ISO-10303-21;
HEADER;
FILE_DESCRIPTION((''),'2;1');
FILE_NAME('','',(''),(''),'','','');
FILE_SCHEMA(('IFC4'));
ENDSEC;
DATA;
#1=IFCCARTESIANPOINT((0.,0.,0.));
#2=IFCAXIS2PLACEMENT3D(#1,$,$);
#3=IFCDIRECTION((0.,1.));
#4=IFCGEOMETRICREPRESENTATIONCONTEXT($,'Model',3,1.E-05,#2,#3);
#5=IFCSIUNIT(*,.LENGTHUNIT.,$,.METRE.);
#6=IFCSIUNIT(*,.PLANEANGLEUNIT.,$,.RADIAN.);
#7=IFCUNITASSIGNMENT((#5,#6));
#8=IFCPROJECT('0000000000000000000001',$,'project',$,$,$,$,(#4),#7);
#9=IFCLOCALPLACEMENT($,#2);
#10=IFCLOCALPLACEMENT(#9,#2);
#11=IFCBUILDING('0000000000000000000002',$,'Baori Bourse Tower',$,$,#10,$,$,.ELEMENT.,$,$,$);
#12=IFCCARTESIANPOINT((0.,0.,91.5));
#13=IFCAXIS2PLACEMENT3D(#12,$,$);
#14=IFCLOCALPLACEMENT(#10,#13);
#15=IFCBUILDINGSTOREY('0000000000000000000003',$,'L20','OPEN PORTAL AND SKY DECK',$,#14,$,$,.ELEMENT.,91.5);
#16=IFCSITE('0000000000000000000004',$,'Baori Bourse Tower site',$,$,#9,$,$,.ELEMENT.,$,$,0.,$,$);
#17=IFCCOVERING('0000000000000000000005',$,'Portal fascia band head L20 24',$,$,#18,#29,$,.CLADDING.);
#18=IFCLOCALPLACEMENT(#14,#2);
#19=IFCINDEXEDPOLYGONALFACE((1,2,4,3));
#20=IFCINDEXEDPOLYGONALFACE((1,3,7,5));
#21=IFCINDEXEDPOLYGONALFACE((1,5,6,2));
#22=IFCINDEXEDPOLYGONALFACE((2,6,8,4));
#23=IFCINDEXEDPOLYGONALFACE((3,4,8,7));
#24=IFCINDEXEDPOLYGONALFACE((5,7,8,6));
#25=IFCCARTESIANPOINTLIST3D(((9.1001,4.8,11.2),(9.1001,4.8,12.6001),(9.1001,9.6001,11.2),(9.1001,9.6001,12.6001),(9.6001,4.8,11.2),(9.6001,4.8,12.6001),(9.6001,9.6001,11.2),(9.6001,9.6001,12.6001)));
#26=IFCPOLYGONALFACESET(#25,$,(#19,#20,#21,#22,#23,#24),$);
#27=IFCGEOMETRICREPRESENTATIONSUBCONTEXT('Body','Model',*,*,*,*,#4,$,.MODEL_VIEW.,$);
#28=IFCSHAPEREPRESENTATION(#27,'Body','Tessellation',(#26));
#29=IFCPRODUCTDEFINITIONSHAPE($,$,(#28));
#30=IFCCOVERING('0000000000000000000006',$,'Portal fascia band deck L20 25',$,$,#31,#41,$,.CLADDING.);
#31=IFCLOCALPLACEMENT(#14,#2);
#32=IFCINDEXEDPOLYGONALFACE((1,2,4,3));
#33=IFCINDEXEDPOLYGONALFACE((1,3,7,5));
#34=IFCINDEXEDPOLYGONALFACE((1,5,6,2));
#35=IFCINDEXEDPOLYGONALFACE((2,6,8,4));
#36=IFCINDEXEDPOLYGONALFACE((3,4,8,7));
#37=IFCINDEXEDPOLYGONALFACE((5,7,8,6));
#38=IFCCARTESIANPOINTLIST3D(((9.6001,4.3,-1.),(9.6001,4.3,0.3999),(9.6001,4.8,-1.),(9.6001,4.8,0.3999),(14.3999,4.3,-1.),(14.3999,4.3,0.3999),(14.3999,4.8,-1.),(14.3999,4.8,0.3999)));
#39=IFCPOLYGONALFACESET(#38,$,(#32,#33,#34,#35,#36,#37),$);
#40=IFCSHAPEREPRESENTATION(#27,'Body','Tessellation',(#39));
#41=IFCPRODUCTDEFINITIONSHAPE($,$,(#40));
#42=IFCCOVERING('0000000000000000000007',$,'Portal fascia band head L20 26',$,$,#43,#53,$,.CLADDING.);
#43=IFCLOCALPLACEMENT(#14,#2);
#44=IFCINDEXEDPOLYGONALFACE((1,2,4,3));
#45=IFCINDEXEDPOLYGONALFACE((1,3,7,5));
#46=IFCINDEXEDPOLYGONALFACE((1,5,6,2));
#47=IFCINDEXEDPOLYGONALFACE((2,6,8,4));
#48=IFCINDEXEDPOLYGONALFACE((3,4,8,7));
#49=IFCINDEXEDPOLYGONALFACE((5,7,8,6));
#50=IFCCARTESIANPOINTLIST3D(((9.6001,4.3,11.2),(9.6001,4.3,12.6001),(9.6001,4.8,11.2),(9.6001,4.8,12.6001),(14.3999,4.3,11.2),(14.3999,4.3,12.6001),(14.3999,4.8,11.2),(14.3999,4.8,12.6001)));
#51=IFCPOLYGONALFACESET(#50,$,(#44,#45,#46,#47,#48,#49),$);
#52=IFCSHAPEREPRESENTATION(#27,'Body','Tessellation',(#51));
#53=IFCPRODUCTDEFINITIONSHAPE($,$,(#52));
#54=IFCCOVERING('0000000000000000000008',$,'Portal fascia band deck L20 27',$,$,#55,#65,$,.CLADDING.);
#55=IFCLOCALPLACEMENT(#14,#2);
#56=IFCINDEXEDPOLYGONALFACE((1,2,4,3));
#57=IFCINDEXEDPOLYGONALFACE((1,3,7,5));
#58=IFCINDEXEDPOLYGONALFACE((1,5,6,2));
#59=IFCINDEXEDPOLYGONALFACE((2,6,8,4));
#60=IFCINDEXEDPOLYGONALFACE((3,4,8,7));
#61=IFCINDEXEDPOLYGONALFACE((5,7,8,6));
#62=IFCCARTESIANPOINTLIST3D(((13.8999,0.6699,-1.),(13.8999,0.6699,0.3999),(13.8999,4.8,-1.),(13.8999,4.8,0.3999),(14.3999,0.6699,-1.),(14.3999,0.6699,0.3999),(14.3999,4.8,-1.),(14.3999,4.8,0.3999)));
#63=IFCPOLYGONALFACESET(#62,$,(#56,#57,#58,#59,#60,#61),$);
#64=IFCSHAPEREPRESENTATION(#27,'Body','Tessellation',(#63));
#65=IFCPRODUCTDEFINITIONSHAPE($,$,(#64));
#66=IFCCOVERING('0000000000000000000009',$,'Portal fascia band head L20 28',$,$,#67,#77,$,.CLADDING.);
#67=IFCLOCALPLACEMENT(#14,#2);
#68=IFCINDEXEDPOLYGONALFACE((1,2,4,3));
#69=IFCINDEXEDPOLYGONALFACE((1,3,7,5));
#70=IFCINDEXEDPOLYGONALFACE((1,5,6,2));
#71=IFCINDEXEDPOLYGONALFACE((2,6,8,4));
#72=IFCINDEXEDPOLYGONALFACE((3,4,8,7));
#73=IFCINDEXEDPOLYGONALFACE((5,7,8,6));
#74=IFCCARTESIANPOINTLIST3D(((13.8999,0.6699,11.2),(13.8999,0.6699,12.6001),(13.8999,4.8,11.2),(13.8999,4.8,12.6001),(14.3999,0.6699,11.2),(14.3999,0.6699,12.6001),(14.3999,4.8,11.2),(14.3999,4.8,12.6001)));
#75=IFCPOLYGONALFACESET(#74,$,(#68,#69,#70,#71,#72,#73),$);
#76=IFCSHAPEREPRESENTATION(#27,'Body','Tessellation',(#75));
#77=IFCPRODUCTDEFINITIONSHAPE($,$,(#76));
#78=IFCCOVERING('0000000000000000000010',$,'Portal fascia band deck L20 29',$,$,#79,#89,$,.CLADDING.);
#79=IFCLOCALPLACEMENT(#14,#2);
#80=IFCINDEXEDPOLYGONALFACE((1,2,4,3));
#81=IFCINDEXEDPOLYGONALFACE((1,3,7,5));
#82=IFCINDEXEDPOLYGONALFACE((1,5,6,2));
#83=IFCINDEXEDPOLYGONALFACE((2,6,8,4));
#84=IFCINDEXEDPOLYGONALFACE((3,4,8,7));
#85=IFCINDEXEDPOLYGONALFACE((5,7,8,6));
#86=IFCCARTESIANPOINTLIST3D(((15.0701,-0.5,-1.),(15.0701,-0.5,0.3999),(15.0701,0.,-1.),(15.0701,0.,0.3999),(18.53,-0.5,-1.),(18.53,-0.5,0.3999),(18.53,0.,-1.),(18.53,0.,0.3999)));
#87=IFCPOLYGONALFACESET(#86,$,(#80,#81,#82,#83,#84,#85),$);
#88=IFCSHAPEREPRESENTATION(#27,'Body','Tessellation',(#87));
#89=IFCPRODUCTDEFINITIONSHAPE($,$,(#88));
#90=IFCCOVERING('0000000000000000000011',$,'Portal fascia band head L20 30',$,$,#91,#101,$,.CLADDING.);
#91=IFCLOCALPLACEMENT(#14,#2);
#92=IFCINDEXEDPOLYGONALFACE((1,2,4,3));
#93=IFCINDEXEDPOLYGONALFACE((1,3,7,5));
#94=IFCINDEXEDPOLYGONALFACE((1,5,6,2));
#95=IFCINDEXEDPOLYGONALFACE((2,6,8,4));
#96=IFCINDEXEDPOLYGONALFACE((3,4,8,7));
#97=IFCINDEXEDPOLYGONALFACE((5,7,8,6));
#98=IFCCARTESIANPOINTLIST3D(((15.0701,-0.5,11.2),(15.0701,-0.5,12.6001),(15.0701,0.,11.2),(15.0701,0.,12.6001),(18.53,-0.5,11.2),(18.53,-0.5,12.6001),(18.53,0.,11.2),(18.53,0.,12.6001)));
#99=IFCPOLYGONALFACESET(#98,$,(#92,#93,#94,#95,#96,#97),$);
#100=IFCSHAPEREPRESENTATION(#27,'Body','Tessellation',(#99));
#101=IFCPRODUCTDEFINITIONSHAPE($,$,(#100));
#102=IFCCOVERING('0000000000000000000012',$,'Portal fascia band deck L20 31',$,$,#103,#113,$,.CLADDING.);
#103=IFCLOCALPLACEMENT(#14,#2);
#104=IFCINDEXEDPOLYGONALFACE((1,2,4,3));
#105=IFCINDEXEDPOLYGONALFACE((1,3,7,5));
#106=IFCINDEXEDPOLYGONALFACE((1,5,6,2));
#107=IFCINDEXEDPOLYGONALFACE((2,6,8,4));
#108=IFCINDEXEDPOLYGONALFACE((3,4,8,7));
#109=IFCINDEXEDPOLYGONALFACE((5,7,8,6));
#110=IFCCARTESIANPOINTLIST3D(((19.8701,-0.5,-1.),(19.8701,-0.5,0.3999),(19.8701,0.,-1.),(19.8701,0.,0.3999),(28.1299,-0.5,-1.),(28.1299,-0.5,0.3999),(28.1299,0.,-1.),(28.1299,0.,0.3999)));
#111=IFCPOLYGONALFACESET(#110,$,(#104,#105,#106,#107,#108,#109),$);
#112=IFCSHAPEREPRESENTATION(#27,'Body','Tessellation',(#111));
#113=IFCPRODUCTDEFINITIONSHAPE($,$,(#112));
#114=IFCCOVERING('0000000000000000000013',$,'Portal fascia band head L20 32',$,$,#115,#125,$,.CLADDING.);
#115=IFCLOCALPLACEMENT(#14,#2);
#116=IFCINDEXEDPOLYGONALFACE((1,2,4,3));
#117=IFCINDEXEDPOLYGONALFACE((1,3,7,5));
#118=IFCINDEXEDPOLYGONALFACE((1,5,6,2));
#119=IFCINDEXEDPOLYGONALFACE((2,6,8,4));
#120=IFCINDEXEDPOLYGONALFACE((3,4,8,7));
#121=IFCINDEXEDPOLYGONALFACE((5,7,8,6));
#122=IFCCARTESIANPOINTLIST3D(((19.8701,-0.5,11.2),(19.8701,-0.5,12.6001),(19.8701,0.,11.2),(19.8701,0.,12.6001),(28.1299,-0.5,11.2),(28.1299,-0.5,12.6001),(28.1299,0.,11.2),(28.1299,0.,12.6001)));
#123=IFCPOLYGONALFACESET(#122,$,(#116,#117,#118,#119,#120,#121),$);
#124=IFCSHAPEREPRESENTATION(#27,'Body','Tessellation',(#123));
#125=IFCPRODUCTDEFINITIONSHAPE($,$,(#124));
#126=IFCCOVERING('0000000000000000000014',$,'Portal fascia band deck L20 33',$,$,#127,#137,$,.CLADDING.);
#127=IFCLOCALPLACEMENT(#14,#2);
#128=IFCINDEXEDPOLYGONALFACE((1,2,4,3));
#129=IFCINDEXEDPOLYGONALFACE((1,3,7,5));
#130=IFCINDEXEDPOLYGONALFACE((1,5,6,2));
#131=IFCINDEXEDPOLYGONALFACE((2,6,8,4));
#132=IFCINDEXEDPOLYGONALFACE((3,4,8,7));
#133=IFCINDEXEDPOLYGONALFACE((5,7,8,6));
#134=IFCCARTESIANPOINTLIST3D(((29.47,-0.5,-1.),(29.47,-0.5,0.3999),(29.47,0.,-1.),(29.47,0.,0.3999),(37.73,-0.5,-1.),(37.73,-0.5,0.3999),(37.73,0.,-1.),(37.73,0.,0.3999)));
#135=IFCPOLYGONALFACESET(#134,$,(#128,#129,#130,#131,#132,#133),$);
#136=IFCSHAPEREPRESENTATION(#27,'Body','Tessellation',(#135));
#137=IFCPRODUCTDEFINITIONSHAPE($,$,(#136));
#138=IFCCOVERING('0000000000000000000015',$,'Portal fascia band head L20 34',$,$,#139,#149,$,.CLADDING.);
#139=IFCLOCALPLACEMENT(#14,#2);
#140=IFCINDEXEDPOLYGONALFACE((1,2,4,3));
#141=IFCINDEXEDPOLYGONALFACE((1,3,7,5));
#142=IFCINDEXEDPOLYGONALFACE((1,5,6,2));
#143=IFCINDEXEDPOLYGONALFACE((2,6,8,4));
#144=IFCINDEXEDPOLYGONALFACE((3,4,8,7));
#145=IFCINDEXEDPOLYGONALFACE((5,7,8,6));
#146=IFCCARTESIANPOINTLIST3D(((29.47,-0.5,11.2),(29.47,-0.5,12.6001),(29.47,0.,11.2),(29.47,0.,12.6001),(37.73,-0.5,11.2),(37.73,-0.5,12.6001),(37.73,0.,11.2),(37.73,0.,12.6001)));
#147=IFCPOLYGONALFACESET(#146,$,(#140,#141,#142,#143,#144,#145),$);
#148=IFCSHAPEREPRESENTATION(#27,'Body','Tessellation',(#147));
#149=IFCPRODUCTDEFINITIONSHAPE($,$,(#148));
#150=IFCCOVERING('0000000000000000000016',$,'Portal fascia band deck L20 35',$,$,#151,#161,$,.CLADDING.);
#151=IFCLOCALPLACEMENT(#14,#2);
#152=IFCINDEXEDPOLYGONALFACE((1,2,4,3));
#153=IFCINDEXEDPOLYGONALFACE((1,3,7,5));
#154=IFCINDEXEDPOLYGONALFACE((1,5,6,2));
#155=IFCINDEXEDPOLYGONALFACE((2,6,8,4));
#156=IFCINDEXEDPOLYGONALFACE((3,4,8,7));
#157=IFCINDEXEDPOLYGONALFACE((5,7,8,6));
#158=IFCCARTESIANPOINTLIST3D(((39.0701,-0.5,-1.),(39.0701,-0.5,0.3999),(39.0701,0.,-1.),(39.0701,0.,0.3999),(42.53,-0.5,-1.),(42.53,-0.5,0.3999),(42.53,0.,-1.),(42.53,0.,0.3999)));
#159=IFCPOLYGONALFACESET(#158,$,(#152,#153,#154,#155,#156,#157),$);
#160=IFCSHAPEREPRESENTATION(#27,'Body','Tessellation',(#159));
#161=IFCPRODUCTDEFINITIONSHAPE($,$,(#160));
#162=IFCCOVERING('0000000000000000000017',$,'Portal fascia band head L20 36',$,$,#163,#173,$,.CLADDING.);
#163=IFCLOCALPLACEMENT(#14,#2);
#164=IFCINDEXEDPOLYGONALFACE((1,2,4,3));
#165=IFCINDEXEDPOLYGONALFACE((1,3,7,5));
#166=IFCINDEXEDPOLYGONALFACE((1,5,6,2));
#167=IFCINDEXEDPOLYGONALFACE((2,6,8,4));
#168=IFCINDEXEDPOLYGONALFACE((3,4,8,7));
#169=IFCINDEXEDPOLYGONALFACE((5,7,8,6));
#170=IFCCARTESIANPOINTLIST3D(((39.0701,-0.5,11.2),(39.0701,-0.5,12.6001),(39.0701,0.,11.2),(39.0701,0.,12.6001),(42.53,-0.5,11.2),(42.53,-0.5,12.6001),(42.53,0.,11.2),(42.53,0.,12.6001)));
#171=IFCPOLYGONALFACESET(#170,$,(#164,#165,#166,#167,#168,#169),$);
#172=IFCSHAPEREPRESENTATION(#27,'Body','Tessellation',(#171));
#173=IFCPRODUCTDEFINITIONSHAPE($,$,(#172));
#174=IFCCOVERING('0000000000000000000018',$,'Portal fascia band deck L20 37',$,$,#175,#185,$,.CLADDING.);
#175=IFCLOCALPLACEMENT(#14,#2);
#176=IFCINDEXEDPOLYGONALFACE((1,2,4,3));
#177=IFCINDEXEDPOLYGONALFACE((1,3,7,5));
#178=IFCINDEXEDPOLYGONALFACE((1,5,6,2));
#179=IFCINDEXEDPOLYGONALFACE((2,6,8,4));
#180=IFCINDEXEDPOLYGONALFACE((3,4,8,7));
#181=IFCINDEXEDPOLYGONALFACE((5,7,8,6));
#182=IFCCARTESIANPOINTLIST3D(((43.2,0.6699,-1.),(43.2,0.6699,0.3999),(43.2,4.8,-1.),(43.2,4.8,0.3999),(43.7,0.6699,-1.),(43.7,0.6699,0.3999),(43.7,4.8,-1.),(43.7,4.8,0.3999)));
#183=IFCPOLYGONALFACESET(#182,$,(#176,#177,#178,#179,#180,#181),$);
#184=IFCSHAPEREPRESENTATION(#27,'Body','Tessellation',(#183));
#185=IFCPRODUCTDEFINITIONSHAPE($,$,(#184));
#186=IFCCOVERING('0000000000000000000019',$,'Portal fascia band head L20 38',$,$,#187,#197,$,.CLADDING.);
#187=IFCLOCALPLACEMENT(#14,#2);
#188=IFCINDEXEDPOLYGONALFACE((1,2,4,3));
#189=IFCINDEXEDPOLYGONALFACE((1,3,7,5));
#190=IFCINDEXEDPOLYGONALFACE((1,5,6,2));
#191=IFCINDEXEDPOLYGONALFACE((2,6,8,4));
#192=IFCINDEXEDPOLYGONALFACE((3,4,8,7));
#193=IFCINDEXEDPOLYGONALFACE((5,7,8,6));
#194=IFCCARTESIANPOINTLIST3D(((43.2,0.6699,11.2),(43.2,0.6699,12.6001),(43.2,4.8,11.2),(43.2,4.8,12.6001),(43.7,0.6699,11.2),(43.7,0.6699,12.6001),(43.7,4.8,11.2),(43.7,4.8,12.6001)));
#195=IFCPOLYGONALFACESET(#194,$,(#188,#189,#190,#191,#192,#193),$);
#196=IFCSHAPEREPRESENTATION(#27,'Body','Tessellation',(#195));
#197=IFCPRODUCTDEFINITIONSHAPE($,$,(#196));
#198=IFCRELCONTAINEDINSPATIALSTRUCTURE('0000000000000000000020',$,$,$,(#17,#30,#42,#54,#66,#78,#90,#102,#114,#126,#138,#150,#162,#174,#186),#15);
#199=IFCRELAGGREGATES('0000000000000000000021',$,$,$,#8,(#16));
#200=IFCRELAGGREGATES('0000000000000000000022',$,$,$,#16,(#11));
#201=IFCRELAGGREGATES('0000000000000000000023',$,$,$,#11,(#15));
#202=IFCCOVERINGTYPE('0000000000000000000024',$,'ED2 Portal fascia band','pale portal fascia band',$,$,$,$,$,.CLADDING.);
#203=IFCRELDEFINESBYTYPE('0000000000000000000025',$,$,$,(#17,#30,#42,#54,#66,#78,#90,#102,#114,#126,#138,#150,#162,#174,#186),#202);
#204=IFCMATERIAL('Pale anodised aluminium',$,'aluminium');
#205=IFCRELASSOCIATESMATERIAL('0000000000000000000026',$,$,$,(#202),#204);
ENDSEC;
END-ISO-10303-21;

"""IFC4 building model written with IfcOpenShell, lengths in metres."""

from ifc_helpers import new_model, si_unit, direction, frame, origin, place, context, subcontext, project, spatial, polyline, outline, extrude, material, type_object, element, save


model = new_model("IFC4")

# Units and contexts
model_context = context("Model", 3, precision=1e-05, world=origin(), true_north=direction((0.0, 1.0)))
body_context = subcontext(model_context, "Body", "Model", "MODEL_VIEW")
ifc_project = project(units=[si_unit("LENGTHUNIT", "METRE"), si_unit("PLANEANGLEUNIT", "RADIAN")], contexts=[model_context])

# Site, building, storey
site_placement = place(None, origin())
site = spatial("IfcSite", under=ifc_project, at=site_placement, Name="Baori Bourse Tower site", CompositionType="ELEMENT", RefElevation=0.0)
building_placement = place(site_placement, origin())
building = spatial("IfcBuilding", under=site, at=building_placement, Name="Baori Bourse Tower", CompositionType="ELEMENT")
storey_placement = place(building_placement, frame((0.0, 0.0, 91.5)))
storey = spatial("IfcBuildingStorey", under=building, at=storey_placement, Name="L20", Description="OPEN PORTAL AND SKY DECK", CompositionType="ELEMENT", Elevation=91.5)

# Coverings
ifc_material_1 = material(Name="Pale anodised aluminium", Category="aluminium")
covering_type = type_object("IfcCoveringType", Name="ED2 Portal fascia band", Description="pale portal fascia band", PredefinedType="CLADDING", material=ifc_material_1)
covering_1_placement = place(storey_placement, frame((0.0, 0.0, 11.2)))
element("IfcCovering", 1, at=covering_1_placement, inside=storey, type_object=covering_type, Name="Portal fascia band head L20 24", PredefinedType="CLADDING", context=body_context, shape_type="SweptSolid", body=[
    extrude(outline(polyline([(9.6001, 4.8), (9.6001, 9.6001), (9.1001, 9.6001), (9.1001, 4.8), (9.6001, 4.8)])), origin(), (0.0, 0.0, 1.0), 1.4001),
])
covering_2_placement = place(storey_placement, frame((0.0, 0.0, -1.0)))
element("IfcCovering", 2, at=covering_2_placement, inside=storey, type_object=covering_type, Name="Portal fascia band deck L20 25", PredefinedType="CLADDING", context=body_context, shape_type="SweptSolid", body=[
    extrude(outline(polyline([(14.3999, 4.8), (9.6001, 4.8), (9.6001, 4.3), (14.3999, 4.3), (14.3999, 4.8)])), origin(), (0.0, 0.0, 1.0), 1.3999),
])
covering_3_placement = place(storey_placement, frame((0.0, 0.0, 11.2)))
element("IfcCovering", 3, at=covering_3_placement, inside=storey, type_object=covering_type, Name="Portal fascia band head L20 26", PredefinedType="CLADDING", context=body_context, shape_type="SweptSolid", body=[
    extrude(outline(polyline([(14.3999, 4.8), (9.6001, 4.8), (9.6001, 4.3), (14.3999, 4.3), (14.3999, 4.8)])), origin(), (0.0, 0.0, 1.0), 1.4001),
])
covering_4_placement = place(storey_placement, frame((0.0, 0.0, -1.0)))
element("IfcCovering", 4, at=covering_4_placement, inside=storey, type_object=covering_type, Name="Portal fascia band deck L20 27", PredefinedType="CLADDING", context=body_context, shape_type="SweptSolid", body=[
    extrude(outline(polyline([(14.3999, 0.6699), (14.3999, 4.8), (13.8999, 4.8), (13.8999, 0.6699), (14.3999, 0.6699)])), origin(), (0.0, 0.0, 1.0), 1.3999),
])
covering_5_placement = place(storey_placement, frame((0.0, 0.0, 11.2)))
element("IfcCovering", 5, at=covering_5_placement, inside=storey, type_object=covering_type, Name="Portal fascia band head L20 28", PredefinedType="CLADDING", context=body_context, shape_type="SweptSolid", body=[
    extrude(outline(polyline([(14.3999, 0.6699), (14.3999, 4.8), (13.8999, 4.8), (13.8999, 0.6699), (14.3999, 0.6699)])), origin(), (0.0, 0.0, 1.0), 1.4001),
])
covering_6_placement = place(storey_placement, frame((0.0, 0.0, -1.0)))
element("IfcCovering", 6, at=covering_6_placement, inside=storey, type_object=covering_type, Name="Portal fascia band deck L20 29", PredefinedType="CLADDING", context=body_context, shape_type="SweptSolid", body=[
    extrude(outline(polyline([(18.53, 0.0), (15.0701, 0.0), (15.0701, -0.5), (18.53, -0.5), (18.53, 0.0)])), origin(), (0.0, 0.0, 1.0), 1.3999),
])
covering_7_placement = place(storey_placement, frame((0.0, 0.0, 11.2)))
element("IfcCovering", 7, at=covering_7_placement, inside=storey, type_object=covering_type, Name="Portal fascia band head L20 30", PredefinedType="CLADDING", context=body_context, shape_type="SweptSolid", body=[
    extrude(outline(polyline([(18.53, 0.0), (15.0701, 0.0), (15.0701, -0.5), (18.53, -0.5), (18.53, 0.0)])), origin(), (0.0, 0.0, 1.0), 1.4001),
])
covering_8_placement = place(storey_placement, frame((0.0, 0.0, -1.0)))
element("IfcCovering", 8, at=covering_8_placement, inside=storey, type_object=covering_type, Name="Portal fascia band deck L20 31", PredefinedType="CLADDING", context=body_context, shape_type="SweptSolid", body=[
    extrude(outline(polyline([(28.1299, 0.0), (19.8701, 0.0), (19.8701, -0.5), (28.1299, -0.5), (28.1299, 0.0)])), origin(), (0.0, 0.0, 1.0), 1.3999),
])
covering_9_placement = place(storey_placement, frame((0.0, 0.0, 11.2)))
element("IfcCovering", 9, at=covering_9_placement, inside=storey, type_object=covering_type, Name="Portal fascia band head L20 32", PredefinedType="CLADDING", context=body_context, shape_type="SweptSolid", body=[
    extrude(outline(polyline([(28.1299, 0.0), (19.8701, 0.0), (19.8701, -0.5), (28.1299, -0.5), (28.1299, 0.0)])), origin(), (0.0, 0.0, 1.0), 1.4001),
])
covering_10_placement = place(storey_placement, frame((0.0, 0.0, -1.0)))
element("IfcCovering", 10, at=covering_10_placement, inside=storey, type_object=covering_type, Name="Portal fascia band deck L20 33", PredefinedType="CLADDING", context=body_context, shape_type="SweptSolid", body=[
    extrude(outline(polyline([(37.73, 0.0), (29.47, 0.0), (29.47, -0.5), (37.73, -0.5), (37.73, 0.0)])), origin(), (0.0, 0.0, 1.0), 1.3999),
])
covering_11_placement = place(storey_placement, frame((0.0, 0.0, 11.2)))
element("IfcCovering", 11, at=covering_11_placement, inside=storey, type_object=covering_type, Name="Portal fascia band head L20 34", PredefinedType="CLADDING", context=body_context, shape_type="SweptSolid", body=[
    extrude(outline(polyline([(37.73, 0.0), (29.47, 0.0), (29.47, -0.5), (37.73, -0.5), (37.73, 0.0)])), origin(), (0.0, 0.0, 1.0), 1.4001),
])
covering_12_placement = place(storey_placement, frame((0.0, 0.0, -1.0)))
element("IfcCovering", 12, at=covering_12_placement, inside=storey, type_object=covering_type, Name="Portal fascia band deck L20 35", PredefinedType="CLADDING", context=body_context, shape_type="SweptSolid", body=[
    extrude(outline(polyline([(42.53, 0.0), (39.0701, 0.0), (39.0701, -0.5), (42.53, -0.5), (42.53, 0.0)])), origin(), (0.0, 0.0, 1.0), 1.3999),
])
covering_13_placement = place(storey_placement, frame((0.0, 0.0, 11.2)))
element("IfcCovering", 13, at=covering_13_placement, inside=storey, type_object=covering_type, Name="Portal fascia band head L20 36", PredefinedType="CLADDING", context=body_context, shape_type="SweptSolid", body=[
    extrude(outline(polyline([(42.53, 0.0), (39.0701, 0.0), (39.0701, -0.5), (42.53, -0.5), (42.53, 0.0)])), origin(), (0.0, 0.0, 1.0), 1.4001),
])
covering_14_placement = place(storey_placement, frame((0.0, 0.0, -1.0)))
element("IfcCovering", 14, at=covering_14_placement, inside=storey, type_object=covering_type, Name="Portal fascia band deck L20 37", PredefinedType="CLADDING", context=body_context, shape_type="SweptSolid", body=[
    extrude(outline(polyline([(43.2, 4.8), (43.2, 0.6699), (43.7, 0.6699), (43.7, 4.8), (43.2, 4.8)])), origin(), (0.0, 0.0, 1.0), 1.3999),
])
covering_15_placement = place(storey_placement, frame((0.0, 0.0, 11.2)))
element("IfcCovering", 15, at=covering_15_placement, inside=storey, type_object=covering_type, Name="Portal fascia band head L20 38", PredefinedType="CLADDING", context=body_context, shape_type="SweptSolid", body=[
    extrude(outline(polyline([(43.2, 4.8), (43.2, 0.6699), (43.7, 0.6699), (43.7, 4.8), (43.2, 4.8)])), origin(), (0.0, 0.0, 1.0), 1.4001),
])

save(model, "model.ifc")
